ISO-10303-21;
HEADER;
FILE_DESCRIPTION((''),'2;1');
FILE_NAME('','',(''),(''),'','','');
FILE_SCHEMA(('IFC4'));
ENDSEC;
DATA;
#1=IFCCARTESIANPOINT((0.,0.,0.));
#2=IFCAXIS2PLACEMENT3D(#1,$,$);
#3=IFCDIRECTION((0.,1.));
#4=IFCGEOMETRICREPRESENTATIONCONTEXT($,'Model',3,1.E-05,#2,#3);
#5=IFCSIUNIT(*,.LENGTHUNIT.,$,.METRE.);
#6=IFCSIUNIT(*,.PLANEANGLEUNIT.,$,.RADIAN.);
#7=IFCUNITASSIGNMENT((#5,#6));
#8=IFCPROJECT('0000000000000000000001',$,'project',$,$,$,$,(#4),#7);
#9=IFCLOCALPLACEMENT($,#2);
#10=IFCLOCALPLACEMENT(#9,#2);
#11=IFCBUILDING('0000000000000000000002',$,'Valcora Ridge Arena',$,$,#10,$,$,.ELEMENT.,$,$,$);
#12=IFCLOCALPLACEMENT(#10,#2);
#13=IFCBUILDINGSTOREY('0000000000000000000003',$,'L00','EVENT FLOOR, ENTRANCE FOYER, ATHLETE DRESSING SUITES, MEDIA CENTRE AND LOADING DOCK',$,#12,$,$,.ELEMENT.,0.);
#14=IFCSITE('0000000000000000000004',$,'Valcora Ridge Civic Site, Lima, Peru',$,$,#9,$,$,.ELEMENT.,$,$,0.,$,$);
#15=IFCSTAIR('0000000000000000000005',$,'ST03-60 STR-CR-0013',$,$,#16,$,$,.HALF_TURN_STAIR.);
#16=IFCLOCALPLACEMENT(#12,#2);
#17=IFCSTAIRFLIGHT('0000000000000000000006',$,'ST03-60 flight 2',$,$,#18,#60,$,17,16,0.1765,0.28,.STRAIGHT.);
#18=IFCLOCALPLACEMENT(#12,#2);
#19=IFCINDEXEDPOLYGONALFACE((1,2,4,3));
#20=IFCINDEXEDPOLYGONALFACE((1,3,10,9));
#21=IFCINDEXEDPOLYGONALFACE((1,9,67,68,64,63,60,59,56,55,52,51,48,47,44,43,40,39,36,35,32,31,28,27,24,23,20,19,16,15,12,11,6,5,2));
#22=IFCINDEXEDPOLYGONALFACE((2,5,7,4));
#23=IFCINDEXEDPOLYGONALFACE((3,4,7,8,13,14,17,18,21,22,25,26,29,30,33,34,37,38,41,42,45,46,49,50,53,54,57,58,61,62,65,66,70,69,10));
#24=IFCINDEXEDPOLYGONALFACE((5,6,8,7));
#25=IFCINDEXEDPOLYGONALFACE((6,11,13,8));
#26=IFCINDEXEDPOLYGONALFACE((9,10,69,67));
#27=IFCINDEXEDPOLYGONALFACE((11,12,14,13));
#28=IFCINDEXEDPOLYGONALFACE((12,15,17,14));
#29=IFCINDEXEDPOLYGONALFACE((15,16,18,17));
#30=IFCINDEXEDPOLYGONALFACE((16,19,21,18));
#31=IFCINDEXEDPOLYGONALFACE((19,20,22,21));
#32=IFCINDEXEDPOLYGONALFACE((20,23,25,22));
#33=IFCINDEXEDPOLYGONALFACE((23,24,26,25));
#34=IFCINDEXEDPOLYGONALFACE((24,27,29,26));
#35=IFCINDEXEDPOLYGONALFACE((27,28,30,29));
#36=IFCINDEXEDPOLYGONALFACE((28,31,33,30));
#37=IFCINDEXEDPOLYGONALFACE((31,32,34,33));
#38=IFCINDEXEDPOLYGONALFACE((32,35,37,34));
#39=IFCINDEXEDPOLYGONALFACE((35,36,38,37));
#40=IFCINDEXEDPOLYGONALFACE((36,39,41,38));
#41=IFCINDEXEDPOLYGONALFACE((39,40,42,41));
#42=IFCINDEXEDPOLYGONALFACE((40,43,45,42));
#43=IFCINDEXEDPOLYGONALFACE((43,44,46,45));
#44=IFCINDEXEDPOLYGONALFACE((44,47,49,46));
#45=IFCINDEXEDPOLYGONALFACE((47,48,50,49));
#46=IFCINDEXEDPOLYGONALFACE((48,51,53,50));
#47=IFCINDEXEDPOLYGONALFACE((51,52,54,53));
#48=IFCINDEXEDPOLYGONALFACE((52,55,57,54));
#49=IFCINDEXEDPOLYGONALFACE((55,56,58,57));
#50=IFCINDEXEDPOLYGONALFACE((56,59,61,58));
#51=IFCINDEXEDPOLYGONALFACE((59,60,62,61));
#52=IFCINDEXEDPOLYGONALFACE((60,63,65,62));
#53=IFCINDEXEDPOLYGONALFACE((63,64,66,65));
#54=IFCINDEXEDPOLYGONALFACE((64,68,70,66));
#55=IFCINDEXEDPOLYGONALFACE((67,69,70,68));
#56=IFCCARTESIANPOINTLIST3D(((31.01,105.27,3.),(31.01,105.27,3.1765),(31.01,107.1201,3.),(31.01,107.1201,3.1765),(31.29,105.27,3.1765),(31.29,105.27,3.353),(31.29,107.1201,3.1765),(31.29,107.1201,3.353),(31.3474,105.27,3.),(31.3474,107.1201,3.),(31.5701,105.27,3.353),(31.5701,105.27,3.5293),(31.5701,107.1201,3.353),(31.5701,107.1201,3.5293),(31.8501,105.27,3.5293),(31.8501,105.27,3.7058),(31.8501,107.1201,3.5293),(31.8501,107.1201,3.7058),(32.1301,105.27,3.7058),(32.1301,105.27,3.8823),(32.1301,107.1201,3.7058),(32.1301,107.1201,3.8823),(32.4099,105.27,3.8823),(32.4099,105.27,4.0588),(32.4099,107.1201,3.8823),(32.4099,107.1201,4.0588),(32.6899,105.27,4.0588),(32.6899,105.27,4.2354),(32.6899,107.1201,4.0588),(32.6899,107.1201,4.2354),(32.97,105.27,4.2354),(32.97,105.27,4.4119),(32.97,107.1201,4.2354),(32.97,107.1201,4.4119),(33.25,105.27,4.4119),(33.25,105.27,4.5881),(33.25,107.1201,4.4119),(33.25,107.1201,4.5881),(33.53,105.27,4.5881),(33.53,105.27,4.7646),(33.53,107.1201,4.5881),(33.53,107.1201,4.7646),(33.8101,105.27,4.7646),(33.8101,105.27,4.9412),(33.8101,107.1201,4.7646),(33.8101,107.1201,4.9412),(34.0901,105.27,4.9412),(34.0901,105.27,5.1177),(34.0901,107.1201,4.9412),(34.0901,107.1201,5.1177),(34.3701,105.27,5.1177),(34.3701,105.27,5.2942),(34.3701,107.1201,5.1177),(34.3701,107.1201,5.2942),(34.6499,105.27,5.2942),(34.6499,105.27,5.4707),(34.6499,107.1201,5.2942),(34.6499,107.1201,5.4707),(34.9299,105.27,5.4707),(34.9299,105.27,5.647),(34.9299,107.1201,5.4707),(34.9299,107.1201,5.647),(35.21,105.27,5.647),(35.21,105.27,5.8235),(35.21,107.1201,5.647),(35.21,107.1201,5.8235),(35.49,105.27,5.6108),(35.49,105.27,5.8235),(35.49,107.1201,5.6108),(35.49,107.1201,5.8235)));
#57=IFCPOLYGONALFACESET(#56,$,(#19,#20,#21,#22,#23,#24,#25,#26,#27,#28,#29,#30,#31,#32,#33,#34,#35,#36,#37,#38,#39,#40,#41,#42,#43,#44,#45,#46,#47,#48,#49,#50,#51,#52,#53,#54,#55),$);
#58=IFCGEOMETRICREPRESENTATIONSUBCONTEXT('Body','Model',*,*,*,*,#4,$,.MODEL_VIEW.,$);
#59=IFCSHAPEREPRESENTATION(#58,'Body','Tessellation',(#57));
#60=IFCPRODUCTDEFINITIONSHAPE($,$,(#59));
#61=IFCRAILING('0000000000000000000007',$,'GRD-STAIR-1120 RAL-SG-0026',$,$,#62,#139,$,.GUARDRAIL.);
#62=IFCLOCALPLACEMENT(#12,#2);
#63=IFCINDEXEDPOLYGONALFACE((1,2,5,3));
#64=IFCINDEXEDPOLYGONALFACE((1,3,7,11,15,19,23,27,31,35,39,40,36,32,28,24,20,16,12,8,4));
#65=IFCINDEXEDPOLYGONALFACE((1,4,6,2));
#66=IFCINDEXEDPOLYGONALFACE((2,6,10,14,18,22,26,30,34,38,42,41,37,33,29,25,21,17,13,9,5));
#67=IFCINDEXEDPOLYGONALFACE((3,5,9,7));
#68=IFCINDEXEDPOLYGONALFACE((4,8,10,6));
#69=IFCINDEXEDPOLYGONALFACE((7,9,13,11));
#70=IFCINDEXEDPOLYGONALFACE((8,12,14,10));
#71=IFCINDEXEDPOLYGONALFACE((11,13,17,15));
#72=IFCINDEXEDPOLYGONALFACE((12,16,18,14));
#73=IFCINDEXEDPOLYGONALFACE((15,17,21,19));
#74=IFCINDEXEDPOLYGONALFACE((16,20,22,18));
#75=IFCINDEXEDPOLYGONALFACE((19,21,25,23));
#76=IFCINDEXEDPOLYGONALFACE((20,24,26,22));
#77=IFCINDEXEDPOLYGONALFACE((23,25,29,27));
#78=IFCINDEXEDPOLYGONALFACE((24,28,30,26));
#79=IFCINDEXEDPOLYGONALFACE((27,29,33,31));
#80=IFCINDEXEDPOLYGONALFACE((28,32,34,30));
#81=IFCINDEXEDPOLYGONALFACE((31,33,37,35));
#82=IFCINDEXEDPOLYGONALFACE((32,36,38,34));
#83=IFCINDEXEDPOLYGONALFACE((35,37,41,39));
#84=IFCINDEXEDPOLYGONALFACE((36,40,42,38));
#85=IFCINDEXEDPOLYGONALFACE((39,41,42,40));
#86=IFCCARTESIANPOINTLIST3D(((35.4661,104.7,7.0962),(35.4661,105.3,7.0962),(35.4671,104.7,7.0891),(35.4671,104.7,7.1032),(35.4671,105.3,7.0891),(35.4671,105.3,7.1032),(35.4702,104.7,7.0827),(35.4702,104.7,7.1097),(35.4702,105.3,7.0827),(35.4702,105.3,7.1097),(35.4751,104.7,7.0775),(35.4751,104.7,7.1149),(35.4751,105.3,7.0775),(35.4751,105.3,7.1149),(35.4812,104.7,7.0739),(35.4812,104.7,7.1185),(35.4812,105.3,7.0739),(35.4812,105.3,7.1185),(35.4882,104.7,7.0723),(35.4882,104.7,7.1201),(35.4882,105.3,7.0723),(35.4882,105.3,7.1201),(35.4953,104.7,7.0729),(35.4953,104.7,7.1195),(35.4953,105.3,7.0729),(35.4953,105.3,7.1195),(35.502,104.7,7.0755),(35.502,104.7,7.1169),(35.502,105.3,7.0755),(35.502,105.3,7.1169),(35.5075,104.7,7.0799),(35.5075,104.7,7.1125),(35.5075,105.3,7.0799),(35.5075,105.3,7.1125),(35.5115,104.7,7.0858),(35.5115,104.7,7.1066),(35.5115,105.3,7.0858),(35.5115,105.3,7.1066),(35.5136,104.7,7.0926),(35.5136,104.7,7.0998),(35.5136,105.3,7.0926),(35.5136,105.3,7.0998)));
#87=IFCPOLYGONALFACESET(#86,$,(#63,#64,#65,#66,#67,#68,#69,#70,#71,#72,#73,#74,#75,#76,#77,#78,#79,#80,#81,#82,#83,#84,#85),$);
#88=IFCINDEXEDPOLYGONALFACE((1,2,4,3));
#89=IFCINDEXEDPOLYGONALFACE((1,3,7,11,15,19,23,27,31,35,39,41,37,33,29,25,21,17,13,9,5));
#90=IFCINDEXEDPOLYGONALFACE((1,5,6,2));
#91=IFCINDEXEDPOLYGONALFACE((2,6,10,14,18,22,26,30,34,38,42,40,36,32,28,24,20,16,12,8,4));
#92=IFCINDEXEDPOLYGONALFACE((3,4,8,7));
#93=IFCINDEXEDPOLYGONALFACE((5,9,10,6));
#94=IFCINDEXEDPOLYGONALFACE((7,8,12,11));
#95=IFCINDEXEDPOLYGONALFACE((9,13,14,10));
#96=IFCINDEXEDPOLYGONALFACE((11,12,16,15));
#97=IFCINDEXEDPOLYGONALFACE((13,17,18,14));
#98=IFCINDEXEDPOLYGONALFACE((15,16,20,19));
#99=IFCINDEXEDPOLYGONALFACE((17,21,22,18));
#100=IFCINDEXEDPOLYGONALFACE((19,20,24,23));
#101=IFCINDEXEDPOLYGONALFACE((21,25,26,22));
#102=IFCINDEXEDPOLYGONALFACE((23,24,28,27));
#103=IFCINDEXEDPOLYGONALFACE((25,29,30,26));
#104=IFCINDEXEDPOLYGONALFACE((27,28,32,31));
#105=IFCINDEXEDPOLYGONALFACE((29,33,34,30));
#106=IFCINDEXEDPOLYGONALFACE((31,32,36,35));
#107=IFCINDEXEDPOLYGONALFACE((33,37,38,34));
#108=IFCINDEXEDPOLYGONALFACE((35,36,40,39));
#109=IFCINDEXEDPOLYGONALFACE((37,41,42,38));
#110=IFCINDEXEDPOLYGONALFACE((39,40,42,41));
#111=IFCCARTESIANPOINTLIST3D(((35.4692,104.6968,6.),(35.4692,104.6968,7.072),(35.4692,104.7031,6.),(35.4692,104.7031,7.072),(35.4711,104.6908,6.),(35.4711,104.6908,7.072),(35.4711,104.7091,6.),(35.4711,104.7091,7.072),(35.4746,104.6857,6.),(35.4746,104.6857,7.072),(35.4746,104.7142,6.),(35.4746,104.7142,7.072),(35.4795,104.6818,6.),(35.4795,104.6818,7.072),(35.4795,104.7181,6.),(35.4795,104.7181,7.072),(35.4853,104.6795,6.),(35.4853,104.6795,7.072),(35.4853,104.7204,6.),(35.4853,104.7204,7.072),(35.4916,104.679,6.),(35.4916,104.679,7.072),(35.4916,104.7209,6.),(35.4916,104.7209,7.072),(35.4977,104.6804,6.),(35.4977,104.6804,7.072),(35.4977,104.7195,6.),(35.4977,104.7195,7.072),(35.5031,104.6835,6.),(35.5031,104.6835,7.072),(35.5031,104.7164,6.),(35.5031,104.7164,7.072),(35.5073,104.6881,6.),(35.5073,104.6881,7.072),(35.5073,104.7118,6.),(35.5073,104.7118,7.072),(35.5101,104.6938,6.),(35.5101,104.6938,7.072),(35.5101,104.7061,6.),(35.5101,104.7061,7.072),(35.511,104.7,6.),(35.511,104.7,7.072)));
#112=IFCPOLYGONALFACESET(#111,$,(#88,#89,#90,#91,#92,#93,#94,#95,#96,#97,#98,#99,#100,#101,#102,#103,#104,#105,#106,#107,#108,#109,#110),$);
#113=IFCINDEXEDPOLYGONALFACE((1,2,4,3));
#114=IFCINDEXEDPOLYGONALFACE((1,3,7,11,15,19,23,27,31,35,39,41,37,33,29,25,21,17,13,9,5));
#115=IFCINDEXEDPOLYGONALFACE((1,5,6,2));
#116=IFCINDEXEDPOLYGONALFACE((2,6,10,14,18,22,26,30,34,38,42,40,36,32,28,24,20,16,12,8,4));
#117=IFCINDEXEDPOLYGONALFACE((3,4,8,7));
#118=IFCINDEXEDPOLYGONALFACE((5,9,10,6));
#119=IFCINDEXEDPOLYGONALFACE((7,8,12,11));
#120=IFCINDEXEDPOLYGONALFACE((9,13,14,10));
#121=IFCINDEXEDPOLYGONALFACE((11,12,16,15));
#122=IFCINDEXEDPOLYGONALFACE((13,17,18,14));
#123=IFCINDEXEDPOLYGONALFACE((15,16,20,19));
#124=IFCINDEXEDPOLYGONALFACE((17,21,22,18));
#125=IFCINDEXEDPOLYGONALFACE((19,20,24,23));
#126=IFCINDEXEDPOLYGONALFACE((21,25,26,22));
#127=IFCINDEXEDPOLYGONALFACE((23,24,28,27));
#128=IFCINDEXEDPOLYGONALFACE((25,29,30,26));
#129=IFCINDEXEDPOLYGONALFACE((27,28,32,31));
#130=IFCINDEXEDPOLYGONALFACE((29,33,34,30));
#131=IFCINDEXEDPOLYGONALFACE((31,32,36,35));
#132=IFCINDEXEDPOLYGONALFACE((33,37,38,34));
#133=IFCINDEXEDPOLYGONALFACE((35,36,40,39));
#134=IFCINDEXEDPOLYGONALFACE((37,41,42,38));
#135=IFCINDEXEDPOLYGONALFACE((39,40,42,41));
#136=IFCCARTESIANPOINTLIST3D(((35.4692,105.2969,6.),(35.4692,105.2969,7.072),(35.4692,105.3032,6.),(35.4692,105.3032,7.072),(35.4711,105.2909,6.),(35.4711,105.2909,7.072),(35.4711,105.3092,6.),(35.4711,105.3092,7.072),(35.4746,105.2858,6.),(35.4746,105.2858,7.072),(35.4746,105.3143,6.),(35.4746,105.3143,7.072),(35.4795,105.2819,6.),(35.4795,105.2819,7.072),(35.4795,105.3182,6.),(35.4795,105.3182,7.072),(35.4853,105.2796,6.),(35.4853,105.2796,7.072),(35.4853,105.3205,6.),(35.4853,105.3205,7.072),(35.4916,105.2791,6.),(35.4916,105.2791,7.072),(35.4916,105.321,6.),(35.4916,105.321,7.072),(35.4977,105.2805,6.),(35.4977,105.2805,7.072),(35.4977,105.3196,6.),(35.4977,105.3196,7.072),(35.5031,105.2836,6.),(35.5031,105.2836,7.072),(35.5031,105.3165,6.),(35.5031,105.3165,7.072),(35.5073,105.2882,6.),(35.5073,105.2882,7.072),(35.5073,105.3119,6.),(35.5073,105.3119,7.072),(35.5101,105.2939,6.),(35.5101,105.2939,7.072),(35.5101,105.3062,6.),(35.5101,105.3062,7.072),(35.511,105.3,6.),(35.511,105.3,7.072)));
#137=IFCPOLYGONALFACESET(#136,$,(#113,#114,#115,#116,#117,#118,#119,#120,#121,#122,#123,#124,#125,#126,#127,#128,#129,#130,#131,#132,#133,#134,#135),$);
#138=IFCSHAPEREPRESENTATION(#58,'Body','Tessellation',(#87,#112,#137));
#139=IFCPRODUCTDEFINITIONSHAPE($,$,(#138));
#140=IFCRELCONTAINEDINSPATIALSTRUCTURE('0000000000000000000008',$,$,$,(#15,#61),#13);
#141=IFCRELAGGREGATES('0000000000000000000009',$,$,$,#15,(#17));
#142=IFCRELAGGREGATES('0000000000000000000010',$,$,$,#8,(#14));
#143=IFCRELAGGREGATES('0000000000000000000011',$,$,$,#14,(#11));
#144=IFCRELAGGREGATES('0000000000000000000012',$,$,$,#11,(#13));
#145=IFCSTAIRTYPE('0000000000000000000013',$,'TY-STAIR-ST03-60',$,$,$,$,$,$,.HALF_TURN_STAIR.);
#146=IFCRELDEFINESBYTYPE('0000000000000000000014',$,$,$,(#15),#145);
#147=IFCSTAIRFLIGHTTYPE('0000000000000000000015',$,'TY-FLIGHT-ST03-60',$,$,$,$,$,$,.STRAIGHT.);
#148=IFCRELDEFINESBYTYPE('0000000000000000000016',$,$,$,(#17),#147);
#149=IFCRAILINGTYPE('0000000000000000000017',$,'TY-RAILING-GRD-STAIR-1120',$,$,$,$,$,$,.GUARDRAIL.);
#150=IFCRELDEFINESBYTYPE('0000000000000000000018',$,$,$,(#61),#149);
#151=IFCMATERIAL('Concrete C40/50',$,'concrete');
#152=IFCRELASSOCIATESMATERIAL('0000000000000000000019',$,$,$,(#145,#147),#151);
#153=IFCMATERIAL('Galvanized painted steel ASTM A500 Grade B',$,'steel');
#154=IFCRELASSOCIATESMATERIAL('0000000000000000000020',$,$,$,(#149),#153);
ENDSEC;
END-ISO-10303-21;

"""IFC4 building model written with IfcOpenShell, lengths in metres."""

from ifc_helpers import new_model, si_unit, direction, frame, origin, origin_2d, place, context, subcontext, project, spatial, polyline, circle, outline, extrude, material, type_object, element, aggregate, save


model = new_model("IFC4")

# Units and contexts
model_context = context("Model", 3, precision=1e-05, world=origin(), true_north=direction((0.0, 1.0)))
body_context = subcontext(model_context, "Body", "Model", "MODEL_VIEW")
ifc_project = project(units=[si_unit("LENGTHUNIT", "METRE"), si_unit("PLANEANGLEUNIT", "RADIAN")], contexts=[model_context])

# Site, building, storey
site_placement = place(None, origin())
site = spatial("IfcSite", under=ifc_project, at=site_placement, Name="Valcora Ridge Civic Site, Lima, Peru", CompositionType="ELEMENT", RefElevation=0.0)
building_placement = place(site_placement, origin())
building = spatial("IfcBuilding", under=site, at=building_placement, Name="Valcora Ridge Arena", CompositionType="ELEMENT")
storey_placement = place(building_placement, origin())
storey = spatial("IfcBuildingStorey", under=building, at=storey_placement, Name="L00", Description="EVENT FLOOR, ENTRANCE FOYER, ATHLETE DRESSING SUITES, MEDIA CENTRE AND LOADING DOCK", CompositionType="ELEMENT", Elevation=0.0)

# Shared definitions
ifc_material_1 = material(Name="Concrete C40/50", Category="concrete")

# Stair, stair flight
stair_type = type_object("IfcStairType", Name="TY-STAIR-ST03-60", PredefinedType="HALF_TURN_STAIR", material=ifc_material_1)
stair_placement = place(storey_placement, origin())
stair = element("IfcStair", 1, at=stair_placement, inside=storey, type_object=stair_type, Name="ST03-60 STR-CR-0013", PredefinedType="HALF_TURN_STAIR")
stair_flight_type = type_object("IfcStairFlightType", Name="TY-FLIGHT-ST03-60", PredefinedType="STRAIGHT", material=ifc_material_1)
stair_flight_placement = place(storey_placement, frame((31.01, 106.1951, 3.0), z_axis=(0.0, 0.0, 1.0), x_axis=(1.0, 0.0, 0.0)))
stair_flight = element("IfcStairFlight", 2, at=stair_flight_placement, type_object=stair_flight_type, Name="ST03-60 flight 2", NumberOfRisers=17, NumberOfTreads=16, PredefinedType="STRAIGHT", RiserHeight=0.1765, TreadLength=0.28, context=body_context, shape_type="SweptSolid", body=[
    extrude(outline(polyline([(0.0, 0.0), (0.0, 0.1765), (0.28, 0.1765), (0.28, 0.353), (0.5601, 0.353), (0.5601, 0.5293), (0.8401, 0.5293), (0.8401, 0.7058), (1.1201, 0.7058), (1.1201, 0.8823), (1.3999, 0.8823), (1.3999, 1.0588), (1.6799, 1.0588), (1.6799, 1.2354), (1.96, 1.2354), (1.96, 1.4119), (2.24, 1.4119), (2.24, 1.5881), (2.52, 1.5881), (2.52, 1.7646), (2.8, 1.7646), (2.8, 1.9412), (3.0801, 1.9412), (3.0801, 2.1177), (3.3601, 2.1177), (3.3601, 2.2942), (3.6399, 2.2942), (3.6399, 2.4707), (3.9199, 2.4707), (3.9199, 2.647), (4.2, 2.647), (4.2, 2.8235), (4.48, 2.8235), (4.48, 3.0), (4.48, 2.6108), (0.3374, 0.0), (0.0, 0.0)])), frame((0.0, 0.925, 0.0), z_axis=(0.0, -1.0, 0.0), x_axis=(1.0, 0.0, 0.0)), (0.0, 0.0, 1.0), 1.8501),
])
aggregate(stair, [stair_flight])

# Railing
ifc_material_2 = material(Name="Galvanized painted steel ASTM A500 Grade B", Category="steel")
railing_type_1 = type_object("IfcRailingType", Name="TY-RAILING-GRD-STAIR-1120", PredefinedType="GUARDRAIL", material=ifc_material_2)
railing_1_placement = place(storey_placement, frame((35.49, 104.7, 6.0)))
element("IfcRailing", 3, at=railing_1_placement, inside=storey, type_object=railing_type_1, Name="GRD-STAIR-1120 RAL-SG-0026", PredefinedType="GUARDRAIL", context=body_context, shape_type="SweptSolid", body=[
    extrude(circle(Radius=0.0239, at=origin_2d()), frame((0.0, 0.0, 1.0962), z_axis=(0.0, 1.0, 0.0), x_axis=(-1.0, 0.0, 0.0)), (0.0, 0.0, 1.0), 0.6001),
    extrude(circle(Radius=0.021, at=origin_2d()), origin(), (0.0, 0.0, 1.0), 1.072),
    extrude(circle(Radius=0.021, at=origin_2d()), frame((0.0, 0.6001, 0.0)), (0.0, 0.0, 1.0), 1.072),
])

save(model, "model.ifc")
